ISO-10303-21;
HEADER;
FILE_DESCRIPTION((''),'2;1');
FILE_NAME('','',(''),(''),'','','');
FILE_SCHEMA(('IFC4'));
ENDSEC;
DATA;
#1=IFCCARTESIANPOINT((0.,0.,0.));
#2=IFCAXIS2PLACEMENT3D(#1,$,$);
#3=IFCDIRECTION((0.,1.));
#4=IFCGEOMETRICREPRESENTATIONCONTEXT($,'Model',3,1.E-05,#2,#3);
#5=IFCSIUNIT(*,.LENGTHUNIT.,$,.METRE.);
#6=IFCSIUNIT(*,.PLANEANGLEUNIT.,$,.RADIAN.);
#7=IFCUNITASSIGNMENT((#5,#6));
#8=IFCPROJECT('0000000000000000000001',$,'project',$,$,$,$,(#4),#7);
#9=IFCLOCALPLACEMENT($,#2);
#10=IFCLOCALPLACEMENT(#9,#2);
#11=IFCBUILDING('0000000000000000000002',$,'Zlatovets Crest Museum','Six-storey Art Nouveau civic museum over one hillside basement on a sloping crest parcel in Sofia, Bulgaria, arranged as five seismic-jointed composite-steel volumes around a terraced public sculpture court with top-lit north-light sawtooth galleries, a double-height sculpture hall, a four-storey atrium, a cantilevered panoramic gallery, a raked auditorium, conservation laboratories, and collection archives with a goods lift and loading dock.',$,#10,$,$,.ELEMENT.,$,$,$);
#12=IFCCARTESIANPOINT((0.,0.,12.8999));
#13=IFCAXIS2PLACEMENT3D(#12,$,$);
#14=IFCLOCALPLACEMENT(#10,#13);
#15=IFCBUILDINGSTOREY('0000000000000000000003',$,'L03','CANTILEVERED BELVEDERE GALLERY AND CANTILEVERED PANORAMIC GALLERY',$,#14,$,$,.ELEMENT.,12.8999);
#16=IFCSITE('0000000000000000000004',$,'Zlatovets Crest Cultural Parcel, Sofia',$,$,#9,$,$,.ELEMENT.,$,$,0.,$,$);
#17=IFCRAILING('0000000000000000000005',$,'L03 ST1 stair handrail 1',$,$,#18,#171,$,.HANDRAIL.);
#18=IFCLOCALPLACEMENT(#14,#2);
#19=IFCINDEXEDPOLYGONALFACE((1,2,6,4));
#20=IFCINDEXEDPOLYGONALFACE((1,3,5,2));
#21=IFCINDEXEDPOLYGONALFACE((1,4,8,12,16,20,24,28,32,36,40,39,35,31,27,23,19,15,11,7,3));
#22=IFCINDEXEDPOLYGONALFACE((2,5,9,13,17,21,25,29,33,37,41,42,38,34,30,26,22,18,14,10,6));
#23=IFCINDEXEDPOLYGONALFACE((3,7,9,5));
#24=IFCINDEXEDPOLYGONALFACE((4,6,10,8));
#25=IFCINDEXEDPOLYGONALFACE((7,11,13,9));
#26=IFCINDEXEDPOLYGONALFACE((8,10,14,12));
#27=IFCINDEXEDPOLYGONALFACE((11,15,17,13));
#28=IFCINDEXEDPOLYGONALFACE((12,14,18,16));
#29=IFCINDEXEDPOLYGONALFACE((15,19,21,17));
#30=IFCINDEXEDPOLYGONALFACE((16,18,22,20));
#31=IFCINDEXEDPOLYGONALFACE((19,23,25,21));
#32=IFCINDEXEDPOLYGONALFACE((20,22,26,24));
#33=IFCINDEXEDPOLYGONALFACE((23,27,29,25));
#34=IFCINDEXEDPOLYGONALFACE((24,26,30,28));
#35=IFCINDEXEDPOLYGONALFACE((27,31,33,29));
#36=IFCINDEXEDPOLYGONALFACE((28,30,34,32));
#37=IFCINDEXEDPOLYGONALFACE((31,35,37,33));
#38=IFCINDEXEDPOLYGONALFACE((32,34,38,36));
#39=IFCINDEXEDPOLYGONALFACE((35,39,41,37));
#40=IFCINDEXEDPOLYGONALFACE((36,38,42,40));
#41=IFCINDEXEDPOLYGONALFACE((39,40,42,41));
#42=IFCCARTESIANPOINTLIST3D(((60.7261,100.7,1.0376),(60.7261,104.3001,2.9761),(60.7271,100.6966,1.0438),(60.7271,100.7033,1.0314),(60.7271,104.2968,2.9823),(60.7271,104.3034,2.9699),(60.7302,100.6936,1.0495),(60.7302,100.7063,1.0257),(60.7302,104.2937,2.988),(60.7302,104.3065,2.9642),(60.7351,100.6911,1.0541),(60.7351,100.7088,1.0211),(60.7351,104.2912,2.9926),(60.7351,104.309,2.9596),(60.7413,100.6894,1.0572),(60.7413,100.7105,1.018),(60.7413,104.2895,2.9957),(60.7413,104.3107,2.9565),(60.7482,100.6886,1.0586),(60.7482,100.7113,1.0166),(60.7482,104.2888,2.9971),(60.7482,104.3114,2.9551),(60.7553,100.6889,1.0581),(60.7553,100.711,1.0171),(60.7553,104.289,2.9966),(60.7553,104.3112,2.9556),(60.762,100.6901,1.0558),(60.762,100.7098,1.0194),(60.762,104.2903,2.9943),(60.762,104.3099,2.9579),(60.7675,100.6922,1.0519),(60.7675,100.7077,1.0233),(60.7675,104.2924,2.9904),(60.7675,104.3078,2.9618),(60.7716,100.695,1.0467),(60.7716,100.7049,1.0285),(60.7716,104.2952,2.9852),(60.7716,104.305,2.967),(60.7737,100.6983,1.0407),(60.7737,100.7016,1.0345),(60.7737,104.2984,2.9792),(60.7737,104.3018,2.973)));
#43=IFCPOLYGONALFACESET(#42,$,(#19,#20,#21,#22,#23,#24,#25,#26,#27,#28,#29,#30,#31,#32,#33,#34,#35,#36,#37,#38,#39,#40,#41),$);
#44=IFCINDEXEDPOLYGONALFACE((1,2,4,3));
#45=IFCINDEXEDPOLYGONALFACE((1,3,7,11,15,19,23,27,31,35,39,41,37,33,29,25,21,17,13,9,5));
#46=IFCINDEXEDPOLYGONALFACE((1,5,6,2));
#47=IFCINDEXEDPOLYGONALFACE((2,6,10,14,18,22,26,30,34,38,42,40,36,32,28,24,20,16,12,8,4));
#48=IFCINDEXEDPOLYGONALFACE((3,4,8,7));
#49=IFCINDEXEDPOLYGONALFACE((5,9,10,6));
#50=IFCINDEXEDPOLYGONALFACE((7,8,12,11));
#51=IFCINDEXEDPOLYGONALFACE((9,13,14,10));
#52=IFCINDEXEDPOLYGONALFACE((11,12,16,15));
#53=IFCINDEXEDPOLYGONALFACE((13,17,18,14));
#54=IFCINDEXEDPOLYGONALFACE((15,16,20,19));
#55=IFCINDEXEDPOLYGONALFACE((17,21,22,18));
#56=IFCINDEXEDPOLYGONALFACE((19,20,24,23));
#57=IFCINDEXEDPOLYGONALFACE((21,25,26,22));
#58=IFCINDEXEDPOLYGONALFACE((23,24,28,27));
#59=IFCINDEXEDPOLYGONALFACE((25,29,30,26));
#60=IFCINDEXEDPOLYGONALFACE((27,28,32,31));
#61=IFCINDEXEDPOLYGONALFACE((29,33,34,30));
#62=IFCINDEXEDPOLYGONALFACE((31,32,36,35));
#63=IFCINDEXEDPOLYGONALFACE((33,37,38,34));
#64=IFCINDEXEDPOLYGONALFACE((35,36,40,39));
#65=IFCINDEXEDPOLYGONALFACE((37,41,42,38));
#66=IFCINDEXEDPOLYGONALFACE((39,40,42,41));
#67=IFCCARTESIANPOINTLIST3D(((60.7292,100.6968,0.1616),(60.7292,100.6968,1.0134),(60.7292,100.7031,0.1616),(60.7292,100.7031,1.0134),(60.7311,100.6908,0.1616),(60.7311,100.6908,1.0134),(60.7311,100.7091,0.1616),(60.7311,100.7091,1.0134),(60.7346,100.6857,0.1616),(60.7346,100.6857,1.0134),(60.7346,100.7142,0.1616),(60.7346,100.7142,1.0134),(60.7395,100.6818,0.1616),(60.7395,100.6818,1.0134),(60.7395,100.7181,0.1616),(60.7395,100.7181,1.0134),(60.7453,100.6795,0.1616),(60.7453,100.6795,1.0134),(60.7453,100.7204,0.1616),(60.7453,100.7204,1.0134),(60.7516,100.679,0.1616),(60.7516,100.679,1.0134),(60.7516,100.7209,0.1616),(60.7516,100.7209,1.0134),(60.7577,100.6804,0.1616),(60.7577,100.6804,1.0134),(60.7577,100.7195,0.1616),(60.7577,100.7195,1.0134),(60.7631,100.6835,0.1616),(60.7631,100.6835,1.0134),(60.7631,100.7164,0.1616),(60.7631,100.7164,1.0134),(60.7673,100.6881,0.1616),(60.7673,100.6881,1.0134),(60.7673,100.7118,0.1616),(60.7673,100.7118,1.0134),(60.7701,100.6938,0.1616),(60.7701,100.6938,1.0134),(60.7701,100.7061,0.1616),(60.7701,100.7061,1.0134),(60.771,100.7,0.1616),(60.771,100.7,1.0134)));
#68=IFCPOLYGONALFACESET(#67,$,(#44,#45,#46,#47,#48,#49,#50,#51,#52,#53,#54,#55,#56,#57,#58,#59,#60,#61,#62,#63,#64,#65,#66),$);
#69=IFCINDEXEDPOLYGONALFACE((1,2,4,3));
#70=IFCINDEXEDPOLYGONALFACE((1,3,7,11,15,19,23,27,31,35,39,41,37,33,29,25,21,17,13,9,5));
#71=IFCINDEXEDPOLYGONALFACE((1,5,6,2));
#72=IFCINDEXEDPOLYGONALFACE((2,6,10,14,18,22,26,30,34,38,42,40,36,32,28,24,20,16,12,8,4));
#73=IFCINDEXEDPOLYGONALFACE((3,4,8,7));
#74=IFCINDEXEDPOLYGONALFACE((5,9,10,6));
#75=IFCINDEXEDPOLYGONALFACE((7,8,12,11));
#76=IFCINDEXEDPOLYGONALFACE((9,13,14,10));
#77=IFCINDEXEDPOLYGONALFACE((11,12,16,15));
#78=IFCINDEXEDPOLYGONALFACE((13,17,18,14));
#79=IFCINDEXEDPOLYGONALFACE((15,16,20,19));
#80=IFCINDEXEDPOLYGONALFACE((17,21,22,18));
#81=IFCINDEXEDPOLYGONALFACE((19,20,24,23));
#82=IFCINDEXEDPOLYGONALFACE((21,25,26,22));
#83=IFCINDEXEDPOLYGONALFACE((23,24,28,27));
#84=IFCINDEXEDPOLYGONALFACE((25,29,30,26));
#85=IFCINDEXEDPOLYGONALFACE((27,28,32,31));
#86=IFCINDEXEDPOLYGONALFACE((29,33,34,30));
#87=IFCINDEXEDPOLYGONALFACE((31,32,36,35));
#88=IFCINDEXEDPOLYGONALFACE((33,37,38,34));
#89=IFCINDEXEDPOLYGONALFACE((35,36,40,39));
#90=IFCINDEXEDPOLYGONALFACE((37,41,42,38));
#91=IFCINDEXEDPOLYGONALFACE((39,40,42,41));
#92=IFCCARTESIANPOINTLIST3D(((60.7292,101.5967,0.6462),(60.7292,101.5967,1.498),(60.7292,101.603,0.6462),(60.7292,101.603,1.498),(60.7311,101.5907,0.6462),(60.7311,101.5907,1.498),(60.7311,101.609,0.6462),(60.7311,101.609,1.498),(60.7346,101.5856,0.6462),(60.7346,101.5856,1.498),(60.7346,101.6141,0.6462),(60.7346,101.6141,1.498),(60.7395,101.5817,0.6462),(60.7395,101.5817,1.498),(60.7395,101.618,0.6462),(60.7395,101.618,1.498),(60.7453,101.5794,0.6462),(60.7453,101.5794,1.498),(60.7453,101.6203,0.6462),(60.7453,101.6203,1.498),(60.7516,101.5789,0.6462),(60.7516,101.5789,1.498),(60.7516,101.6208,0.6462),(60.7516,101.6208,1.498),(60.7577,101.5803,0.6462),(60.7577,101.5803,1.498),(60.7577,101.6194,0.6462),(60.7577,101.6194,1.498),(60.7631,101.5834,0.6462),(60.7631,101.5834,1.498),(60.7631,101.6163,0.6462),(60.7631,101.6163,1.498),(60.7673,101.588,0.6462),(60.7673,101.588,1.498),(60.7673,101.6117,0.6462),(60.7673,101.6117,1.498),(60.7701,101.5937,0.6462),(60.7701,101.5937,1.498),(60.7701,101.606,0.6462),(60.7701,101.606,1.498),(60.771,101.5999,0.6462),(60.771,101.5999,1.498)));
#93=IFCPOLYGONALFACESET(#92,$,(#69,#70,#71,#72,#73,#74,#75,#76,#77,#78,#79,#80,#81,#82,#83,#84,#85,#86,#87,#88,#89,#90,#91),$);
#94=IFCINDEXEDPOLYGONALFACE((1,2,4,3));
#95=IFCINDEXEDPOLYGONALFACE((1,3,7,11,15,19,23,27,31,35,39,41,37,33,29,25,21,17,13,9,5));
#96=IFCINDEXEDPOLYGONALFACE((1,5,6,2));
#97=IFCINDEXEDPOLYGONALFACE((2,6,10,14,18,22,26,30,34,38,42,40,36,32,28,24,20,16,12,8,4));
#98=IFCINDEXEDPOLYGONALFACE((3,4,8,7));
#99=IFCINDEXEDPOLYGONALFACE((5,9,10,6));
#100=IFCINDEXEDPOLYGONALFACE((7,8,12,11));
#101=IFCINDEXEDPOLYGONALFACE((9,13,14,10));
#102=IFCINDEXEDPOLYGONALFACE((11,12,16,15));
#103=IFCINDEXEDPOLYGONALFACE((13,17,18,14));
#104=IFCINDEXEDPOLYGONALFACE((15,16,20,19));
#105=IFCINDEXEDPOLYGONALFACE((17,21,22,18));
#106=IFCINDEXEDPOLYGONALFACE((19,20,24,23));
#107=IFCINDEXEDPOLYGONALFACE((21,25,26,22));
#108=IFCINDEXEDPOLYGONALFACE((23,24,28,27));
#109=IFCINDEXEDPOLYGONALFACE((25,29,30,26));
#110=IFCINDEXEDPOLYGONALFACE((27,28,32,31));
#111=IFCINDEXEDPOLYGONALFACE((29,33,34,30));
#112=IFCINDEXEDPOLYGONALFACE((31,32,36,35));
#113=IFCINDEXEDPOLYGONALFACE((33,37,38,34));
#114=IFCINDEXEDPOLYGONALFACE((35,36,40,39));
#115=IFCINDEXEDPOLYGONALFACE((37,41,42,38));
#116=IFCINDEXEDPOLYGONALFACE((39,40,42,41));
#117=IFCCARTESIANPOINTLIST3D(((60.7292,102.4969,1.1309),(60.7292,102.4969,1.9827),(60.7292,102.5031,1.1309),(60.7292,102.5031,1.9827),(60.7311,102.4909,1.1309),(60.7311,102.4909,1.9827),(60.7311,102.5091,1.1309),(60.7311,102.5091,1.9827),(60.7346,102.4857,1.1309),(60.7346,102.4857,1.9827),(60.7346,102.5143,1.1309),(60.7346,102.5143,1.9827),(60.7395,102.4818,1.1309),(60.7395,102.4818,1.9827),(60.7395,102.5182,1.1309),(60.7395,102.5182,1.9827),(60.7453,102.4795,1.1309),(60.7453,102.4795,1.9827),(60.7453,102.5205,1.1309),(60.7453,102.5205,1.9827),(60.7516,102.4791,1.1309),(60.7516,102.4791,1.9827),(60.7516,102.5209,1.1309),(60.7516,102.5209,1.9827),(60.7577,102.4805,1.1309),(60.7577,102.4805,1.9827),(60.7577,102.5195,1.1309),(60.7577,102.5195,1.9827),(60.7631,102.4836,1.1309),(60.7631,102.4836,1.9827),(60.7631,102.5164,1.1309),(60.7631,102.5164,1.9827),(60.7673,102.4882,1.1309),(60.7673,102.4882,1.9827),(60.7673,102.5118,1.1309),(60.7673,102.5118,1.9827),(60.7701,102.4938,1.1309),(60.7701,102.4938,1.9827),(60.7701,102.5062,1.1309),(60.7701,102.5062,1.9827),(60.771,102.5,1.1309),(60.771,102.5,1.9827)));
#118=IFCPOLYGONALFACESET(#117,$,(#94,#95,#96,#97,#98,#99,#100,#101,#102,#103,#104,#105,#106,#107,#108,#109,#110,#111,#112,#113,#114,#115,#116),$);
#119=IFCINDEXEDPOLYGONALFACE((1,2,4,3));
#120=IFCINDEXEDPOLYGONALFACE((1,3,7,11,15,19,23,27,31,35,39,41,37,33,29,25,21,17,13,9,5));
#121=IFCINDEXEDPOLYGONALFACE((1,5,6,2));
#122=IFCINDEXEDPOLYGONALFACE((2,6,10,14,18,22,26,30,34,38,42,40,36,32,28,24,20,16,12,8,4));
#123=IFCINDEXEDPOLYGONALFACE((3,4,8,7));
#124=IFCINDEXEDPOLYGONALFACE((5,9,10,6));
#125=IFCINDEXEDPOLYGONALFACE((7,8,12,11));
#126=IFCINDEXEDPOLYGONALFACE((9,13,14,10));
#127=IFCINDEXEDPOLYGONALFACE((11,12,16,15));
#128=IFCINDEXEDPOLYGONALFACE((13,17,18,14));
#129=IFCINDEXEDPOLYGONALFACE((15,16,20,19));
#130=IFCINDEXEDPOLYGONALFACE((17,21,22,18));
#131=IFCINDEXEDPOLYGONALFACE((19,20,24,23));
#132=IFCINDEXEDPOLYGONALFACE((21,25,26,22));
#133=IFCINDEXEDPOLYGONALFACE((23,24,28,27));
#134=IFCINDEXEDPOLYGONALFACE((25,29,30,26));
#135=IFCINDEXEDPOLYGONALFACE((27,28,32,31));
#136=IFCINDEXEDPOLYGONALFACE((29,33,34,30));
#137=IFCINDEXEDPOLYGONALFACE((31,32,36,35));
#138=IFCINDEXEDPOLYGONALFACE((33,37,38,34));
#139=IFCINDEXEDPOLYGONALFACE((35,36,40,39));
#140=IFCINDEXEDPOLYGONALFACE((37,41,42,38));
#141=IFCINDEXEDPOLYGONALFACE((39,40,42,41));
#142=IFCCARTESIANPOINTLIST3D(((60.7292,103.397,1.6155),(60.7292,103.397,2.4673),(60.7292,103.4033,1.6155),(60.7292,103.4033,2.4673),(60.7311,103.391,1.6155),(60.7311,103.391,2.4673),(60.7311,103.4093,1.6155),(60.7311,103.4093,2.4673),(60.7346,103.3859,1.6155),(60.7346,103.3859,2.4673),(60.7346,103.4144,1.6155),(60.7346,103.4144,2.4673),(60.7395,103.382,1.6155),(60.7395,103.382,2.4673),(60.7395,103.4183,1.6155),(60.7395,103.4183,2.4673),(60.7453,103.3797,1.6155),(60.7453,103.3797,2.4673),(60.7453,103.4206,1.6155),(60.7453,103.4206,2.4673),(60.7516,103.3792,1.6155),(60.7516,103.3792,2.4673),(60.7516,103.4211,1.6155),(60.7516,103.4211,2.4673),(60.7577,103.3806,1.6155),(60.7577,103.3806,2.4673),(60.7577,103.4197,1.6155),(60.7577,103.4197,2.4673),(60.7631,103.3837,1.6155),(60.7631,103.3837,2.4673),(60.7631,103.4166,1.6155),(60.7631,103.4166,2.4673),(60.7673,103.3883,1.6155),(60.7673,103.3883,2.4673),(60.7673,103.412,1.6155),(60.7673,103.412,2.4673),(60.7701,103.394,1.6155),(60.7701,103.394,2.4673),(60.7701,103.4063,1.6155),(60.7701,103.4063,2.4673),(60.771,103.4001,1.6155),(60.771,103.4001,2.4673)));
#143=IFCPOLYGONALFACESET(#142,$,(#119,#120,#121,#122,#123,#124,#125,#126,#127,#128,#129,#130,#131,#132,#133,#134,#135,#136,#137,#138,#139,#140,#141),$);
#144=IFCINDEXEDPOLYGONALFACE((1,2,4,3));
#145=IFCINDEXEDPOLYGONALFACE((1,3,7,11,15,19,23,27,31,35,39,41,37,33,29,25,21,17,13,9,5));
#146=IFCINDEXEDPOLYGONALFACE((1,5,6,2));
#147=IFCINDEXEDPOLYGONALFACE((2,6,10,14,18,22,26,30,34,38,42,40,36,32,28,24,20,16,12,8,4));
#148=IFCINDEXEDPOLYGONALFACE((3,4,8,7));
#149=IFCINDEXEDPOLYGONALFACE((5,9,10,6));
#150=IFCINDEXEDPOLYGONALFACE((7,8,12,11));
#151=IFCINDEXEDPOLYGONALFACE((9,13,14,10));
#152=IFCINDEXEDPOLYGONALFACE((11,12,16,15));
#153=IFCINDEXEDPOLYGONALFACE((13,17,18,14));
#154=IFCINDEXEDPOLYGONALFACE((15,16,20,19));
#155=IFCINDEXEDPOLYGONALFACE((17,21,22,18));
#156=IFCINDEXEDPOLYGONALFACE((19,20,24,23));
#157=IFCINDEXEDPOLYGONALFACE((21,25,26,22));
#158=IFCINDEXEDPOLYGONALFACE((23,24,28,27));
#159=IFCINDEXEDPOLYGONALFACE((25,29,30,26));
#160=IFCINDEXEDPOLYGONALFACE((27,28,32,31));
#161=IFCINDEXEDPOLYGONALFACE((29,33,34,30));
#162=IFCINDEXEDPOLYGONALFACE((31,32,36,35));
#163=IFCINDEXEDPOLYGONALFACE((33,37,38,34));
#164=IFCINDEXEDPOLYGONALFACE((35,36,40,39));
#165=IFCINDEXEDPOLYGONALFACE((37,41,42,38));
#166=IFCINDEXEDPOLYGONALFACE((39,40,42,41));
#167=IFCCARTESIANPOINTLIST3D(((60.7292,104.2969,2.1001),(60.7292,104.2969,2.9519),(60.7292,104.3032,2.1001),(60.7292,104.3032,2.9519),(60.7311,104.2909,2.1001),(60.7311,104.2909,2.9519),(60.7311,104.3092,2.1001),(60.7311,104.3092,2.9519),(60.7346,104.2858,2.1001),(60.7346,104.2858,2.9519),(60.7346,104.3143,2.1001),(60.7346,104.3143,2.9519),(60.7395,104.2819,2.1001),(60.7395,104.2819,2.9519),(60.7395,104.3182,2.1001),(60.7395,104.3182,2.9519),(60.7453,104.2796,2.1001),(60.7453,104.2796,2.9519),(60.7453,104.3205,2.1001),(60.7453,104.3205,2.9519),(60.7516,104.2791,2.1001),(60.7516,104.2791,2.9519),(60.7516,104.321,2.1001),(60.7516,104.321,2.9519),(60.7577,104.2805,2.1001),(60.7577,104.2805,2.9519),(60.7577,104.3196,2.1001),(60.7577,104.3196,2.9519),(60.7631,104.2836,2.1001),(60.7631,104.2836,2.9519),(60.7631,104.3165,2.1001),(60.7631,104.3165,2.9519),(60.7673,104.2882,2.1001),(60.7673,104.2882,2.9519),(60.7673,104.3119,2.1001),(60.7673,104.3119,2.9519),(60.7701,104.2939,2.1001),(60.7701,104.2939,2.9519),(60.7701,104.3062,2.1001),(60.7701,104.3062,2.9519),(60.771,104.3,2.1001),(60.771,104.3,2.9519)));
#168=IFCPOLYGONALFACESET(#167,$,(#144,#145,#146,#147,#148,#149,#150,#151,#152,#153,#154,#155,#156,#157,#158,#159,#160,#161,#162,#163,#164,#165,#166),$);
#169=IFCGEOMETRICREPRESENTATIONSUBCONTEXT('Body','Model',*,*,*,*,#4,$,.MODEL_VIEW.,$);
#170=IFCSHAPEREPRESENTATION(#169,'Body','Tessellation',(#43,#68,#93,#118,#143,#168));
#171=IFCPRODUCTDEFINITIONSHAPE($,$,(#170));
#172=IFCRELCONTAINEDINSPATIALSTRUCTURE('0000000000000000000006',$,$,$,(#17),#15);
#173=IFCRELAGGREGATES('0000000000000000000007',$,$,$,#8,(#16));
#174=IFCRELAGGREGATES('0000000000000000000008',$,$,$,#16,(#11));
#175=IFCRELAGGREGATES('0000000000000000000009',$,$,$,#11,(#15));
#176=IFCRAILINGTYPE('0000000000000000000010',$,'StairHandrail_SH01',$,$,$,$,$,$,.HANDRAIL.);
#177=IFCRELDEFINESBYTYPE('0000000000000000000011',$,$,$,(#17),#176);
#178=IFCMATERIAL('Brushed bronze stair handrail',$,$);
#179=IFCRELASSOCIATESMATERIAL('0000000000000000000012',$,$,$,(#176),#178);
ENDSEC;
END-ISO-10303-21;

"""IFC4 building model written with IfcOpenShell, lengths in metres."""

from ifc_helpers import new_model, si_unit, direction, frame, origin, origin_2d, place, context, subcontext, project, spatial, circle, extrude, material, type_object, element, save


model = new_model("IFC4")

# Units and contexts
model_context = context("Model", 3, precision=1e-05, world=origin(), true_north=direction((0.0, 1.0)))
body_context = subcontext(model_context, "Body", "Model", "MODEL_VIEW")
ifc_project = project(units=[si_unit("LENGTHUNIT", "METRE"), si_unit("PLANEANGLEUNIT", "RADIAN")], contexts=[model_context])

# Site, building, storey
site_placement = place(None, origin())
site = spatial("IfcSite", under=ifc_project, at=site_placement, Name="Zlatovets Crest Cultural Parcel, Sofia", CompositionType="ELEMENT", RefElevation=0.0)
building_placement = place(site_placement, origin())
building = spatial("IfcBuilding", under=site, at=building_placement, Name="Zlatovets Crest Museum", Description="Six-storey Art Nouveau civic museum over one hillside basement on a sloping crest parcel in Sofia, Bulgaria, arranged as five seismic-jointed composite-steel volumes around a terraced public sculpture court with top-lit north-light sawtooth galleries, a double-height sculpture hall, a four-storey atrium, a cantilevered panoramic gallery, a raked auditorium, conservation laboratories, and collection archives with a goods lift and loading dock.", CompositionType="ELEMENT")
storey_placement = place(building_placement, frame((0.0, 0.0, 12.8999)))
storey = spatial("IfcBuildingStorey", under=building, at=storey_placement, Name="L03", Description="CANTILEVERED BELVEDERE GALLERY AND CANTILEVERED PANORAMIC GALLERY", CompositionType="ELEMENT", Elevation=12.8999)

# Railing
ifc_material_1 = material(Name="Brushed bronze stair handrail")
railing_type_1 = type_object("IfcRailingType", Name="StairHandrail_SH01", PredefinedType="HANDRAIL", material=ifc_material_1)
railing_1_placement = place(storey_placement, frame((60.75, 100.7, 0.1616)))
element("IfcRailing", 1, at=railing_1_placement, inside=storey, type_object=railing_type_1, Name="L03 ST1 stair handrail 1", PredefinedType="HANDRAIL", context=body_context, shape_type="SweptSolid", body=[
    extrude(circle(Radius=0.0239, at=origin_2d()), frame((0.0, 0.0, 0.876), z_axis=(0.0, 0.880475, 0.474093), x_axis=(-1.0, 0.0, 0.0)), (0.0, 0.0, 1.0), 4.0889),
    extrude(circle(Radius=0.021, at=origin_2d()), origin(), (0.0, 0.0, 1.0), 0.8518),
    extrude(circle(Radius=0.021, at=origin_2d()), frame((0.0, 0.8999, 0.4846)), (0.0, 0.0, 1.0), 0.8518),
    extrude(circle(Radius=0.021, at=origin_2d()), frame((0.0, 1.8, 0.9692)), (0.0, 0.0, 1.0), 0.8518),
    extrude(circle(Radius=0.021, at=origin_2d()), frame((0.0, 2.7002, 1.4539)), (0.0, 0.0, 1.0), 0.8518),
    extrude(circle(Radius=0.021, at=origin_2d()), frame((0.0, 3.6001, 1.9385)), (0.0, 0.0, 1.0), 0.8518),
])

save(model, "model.ifc")
